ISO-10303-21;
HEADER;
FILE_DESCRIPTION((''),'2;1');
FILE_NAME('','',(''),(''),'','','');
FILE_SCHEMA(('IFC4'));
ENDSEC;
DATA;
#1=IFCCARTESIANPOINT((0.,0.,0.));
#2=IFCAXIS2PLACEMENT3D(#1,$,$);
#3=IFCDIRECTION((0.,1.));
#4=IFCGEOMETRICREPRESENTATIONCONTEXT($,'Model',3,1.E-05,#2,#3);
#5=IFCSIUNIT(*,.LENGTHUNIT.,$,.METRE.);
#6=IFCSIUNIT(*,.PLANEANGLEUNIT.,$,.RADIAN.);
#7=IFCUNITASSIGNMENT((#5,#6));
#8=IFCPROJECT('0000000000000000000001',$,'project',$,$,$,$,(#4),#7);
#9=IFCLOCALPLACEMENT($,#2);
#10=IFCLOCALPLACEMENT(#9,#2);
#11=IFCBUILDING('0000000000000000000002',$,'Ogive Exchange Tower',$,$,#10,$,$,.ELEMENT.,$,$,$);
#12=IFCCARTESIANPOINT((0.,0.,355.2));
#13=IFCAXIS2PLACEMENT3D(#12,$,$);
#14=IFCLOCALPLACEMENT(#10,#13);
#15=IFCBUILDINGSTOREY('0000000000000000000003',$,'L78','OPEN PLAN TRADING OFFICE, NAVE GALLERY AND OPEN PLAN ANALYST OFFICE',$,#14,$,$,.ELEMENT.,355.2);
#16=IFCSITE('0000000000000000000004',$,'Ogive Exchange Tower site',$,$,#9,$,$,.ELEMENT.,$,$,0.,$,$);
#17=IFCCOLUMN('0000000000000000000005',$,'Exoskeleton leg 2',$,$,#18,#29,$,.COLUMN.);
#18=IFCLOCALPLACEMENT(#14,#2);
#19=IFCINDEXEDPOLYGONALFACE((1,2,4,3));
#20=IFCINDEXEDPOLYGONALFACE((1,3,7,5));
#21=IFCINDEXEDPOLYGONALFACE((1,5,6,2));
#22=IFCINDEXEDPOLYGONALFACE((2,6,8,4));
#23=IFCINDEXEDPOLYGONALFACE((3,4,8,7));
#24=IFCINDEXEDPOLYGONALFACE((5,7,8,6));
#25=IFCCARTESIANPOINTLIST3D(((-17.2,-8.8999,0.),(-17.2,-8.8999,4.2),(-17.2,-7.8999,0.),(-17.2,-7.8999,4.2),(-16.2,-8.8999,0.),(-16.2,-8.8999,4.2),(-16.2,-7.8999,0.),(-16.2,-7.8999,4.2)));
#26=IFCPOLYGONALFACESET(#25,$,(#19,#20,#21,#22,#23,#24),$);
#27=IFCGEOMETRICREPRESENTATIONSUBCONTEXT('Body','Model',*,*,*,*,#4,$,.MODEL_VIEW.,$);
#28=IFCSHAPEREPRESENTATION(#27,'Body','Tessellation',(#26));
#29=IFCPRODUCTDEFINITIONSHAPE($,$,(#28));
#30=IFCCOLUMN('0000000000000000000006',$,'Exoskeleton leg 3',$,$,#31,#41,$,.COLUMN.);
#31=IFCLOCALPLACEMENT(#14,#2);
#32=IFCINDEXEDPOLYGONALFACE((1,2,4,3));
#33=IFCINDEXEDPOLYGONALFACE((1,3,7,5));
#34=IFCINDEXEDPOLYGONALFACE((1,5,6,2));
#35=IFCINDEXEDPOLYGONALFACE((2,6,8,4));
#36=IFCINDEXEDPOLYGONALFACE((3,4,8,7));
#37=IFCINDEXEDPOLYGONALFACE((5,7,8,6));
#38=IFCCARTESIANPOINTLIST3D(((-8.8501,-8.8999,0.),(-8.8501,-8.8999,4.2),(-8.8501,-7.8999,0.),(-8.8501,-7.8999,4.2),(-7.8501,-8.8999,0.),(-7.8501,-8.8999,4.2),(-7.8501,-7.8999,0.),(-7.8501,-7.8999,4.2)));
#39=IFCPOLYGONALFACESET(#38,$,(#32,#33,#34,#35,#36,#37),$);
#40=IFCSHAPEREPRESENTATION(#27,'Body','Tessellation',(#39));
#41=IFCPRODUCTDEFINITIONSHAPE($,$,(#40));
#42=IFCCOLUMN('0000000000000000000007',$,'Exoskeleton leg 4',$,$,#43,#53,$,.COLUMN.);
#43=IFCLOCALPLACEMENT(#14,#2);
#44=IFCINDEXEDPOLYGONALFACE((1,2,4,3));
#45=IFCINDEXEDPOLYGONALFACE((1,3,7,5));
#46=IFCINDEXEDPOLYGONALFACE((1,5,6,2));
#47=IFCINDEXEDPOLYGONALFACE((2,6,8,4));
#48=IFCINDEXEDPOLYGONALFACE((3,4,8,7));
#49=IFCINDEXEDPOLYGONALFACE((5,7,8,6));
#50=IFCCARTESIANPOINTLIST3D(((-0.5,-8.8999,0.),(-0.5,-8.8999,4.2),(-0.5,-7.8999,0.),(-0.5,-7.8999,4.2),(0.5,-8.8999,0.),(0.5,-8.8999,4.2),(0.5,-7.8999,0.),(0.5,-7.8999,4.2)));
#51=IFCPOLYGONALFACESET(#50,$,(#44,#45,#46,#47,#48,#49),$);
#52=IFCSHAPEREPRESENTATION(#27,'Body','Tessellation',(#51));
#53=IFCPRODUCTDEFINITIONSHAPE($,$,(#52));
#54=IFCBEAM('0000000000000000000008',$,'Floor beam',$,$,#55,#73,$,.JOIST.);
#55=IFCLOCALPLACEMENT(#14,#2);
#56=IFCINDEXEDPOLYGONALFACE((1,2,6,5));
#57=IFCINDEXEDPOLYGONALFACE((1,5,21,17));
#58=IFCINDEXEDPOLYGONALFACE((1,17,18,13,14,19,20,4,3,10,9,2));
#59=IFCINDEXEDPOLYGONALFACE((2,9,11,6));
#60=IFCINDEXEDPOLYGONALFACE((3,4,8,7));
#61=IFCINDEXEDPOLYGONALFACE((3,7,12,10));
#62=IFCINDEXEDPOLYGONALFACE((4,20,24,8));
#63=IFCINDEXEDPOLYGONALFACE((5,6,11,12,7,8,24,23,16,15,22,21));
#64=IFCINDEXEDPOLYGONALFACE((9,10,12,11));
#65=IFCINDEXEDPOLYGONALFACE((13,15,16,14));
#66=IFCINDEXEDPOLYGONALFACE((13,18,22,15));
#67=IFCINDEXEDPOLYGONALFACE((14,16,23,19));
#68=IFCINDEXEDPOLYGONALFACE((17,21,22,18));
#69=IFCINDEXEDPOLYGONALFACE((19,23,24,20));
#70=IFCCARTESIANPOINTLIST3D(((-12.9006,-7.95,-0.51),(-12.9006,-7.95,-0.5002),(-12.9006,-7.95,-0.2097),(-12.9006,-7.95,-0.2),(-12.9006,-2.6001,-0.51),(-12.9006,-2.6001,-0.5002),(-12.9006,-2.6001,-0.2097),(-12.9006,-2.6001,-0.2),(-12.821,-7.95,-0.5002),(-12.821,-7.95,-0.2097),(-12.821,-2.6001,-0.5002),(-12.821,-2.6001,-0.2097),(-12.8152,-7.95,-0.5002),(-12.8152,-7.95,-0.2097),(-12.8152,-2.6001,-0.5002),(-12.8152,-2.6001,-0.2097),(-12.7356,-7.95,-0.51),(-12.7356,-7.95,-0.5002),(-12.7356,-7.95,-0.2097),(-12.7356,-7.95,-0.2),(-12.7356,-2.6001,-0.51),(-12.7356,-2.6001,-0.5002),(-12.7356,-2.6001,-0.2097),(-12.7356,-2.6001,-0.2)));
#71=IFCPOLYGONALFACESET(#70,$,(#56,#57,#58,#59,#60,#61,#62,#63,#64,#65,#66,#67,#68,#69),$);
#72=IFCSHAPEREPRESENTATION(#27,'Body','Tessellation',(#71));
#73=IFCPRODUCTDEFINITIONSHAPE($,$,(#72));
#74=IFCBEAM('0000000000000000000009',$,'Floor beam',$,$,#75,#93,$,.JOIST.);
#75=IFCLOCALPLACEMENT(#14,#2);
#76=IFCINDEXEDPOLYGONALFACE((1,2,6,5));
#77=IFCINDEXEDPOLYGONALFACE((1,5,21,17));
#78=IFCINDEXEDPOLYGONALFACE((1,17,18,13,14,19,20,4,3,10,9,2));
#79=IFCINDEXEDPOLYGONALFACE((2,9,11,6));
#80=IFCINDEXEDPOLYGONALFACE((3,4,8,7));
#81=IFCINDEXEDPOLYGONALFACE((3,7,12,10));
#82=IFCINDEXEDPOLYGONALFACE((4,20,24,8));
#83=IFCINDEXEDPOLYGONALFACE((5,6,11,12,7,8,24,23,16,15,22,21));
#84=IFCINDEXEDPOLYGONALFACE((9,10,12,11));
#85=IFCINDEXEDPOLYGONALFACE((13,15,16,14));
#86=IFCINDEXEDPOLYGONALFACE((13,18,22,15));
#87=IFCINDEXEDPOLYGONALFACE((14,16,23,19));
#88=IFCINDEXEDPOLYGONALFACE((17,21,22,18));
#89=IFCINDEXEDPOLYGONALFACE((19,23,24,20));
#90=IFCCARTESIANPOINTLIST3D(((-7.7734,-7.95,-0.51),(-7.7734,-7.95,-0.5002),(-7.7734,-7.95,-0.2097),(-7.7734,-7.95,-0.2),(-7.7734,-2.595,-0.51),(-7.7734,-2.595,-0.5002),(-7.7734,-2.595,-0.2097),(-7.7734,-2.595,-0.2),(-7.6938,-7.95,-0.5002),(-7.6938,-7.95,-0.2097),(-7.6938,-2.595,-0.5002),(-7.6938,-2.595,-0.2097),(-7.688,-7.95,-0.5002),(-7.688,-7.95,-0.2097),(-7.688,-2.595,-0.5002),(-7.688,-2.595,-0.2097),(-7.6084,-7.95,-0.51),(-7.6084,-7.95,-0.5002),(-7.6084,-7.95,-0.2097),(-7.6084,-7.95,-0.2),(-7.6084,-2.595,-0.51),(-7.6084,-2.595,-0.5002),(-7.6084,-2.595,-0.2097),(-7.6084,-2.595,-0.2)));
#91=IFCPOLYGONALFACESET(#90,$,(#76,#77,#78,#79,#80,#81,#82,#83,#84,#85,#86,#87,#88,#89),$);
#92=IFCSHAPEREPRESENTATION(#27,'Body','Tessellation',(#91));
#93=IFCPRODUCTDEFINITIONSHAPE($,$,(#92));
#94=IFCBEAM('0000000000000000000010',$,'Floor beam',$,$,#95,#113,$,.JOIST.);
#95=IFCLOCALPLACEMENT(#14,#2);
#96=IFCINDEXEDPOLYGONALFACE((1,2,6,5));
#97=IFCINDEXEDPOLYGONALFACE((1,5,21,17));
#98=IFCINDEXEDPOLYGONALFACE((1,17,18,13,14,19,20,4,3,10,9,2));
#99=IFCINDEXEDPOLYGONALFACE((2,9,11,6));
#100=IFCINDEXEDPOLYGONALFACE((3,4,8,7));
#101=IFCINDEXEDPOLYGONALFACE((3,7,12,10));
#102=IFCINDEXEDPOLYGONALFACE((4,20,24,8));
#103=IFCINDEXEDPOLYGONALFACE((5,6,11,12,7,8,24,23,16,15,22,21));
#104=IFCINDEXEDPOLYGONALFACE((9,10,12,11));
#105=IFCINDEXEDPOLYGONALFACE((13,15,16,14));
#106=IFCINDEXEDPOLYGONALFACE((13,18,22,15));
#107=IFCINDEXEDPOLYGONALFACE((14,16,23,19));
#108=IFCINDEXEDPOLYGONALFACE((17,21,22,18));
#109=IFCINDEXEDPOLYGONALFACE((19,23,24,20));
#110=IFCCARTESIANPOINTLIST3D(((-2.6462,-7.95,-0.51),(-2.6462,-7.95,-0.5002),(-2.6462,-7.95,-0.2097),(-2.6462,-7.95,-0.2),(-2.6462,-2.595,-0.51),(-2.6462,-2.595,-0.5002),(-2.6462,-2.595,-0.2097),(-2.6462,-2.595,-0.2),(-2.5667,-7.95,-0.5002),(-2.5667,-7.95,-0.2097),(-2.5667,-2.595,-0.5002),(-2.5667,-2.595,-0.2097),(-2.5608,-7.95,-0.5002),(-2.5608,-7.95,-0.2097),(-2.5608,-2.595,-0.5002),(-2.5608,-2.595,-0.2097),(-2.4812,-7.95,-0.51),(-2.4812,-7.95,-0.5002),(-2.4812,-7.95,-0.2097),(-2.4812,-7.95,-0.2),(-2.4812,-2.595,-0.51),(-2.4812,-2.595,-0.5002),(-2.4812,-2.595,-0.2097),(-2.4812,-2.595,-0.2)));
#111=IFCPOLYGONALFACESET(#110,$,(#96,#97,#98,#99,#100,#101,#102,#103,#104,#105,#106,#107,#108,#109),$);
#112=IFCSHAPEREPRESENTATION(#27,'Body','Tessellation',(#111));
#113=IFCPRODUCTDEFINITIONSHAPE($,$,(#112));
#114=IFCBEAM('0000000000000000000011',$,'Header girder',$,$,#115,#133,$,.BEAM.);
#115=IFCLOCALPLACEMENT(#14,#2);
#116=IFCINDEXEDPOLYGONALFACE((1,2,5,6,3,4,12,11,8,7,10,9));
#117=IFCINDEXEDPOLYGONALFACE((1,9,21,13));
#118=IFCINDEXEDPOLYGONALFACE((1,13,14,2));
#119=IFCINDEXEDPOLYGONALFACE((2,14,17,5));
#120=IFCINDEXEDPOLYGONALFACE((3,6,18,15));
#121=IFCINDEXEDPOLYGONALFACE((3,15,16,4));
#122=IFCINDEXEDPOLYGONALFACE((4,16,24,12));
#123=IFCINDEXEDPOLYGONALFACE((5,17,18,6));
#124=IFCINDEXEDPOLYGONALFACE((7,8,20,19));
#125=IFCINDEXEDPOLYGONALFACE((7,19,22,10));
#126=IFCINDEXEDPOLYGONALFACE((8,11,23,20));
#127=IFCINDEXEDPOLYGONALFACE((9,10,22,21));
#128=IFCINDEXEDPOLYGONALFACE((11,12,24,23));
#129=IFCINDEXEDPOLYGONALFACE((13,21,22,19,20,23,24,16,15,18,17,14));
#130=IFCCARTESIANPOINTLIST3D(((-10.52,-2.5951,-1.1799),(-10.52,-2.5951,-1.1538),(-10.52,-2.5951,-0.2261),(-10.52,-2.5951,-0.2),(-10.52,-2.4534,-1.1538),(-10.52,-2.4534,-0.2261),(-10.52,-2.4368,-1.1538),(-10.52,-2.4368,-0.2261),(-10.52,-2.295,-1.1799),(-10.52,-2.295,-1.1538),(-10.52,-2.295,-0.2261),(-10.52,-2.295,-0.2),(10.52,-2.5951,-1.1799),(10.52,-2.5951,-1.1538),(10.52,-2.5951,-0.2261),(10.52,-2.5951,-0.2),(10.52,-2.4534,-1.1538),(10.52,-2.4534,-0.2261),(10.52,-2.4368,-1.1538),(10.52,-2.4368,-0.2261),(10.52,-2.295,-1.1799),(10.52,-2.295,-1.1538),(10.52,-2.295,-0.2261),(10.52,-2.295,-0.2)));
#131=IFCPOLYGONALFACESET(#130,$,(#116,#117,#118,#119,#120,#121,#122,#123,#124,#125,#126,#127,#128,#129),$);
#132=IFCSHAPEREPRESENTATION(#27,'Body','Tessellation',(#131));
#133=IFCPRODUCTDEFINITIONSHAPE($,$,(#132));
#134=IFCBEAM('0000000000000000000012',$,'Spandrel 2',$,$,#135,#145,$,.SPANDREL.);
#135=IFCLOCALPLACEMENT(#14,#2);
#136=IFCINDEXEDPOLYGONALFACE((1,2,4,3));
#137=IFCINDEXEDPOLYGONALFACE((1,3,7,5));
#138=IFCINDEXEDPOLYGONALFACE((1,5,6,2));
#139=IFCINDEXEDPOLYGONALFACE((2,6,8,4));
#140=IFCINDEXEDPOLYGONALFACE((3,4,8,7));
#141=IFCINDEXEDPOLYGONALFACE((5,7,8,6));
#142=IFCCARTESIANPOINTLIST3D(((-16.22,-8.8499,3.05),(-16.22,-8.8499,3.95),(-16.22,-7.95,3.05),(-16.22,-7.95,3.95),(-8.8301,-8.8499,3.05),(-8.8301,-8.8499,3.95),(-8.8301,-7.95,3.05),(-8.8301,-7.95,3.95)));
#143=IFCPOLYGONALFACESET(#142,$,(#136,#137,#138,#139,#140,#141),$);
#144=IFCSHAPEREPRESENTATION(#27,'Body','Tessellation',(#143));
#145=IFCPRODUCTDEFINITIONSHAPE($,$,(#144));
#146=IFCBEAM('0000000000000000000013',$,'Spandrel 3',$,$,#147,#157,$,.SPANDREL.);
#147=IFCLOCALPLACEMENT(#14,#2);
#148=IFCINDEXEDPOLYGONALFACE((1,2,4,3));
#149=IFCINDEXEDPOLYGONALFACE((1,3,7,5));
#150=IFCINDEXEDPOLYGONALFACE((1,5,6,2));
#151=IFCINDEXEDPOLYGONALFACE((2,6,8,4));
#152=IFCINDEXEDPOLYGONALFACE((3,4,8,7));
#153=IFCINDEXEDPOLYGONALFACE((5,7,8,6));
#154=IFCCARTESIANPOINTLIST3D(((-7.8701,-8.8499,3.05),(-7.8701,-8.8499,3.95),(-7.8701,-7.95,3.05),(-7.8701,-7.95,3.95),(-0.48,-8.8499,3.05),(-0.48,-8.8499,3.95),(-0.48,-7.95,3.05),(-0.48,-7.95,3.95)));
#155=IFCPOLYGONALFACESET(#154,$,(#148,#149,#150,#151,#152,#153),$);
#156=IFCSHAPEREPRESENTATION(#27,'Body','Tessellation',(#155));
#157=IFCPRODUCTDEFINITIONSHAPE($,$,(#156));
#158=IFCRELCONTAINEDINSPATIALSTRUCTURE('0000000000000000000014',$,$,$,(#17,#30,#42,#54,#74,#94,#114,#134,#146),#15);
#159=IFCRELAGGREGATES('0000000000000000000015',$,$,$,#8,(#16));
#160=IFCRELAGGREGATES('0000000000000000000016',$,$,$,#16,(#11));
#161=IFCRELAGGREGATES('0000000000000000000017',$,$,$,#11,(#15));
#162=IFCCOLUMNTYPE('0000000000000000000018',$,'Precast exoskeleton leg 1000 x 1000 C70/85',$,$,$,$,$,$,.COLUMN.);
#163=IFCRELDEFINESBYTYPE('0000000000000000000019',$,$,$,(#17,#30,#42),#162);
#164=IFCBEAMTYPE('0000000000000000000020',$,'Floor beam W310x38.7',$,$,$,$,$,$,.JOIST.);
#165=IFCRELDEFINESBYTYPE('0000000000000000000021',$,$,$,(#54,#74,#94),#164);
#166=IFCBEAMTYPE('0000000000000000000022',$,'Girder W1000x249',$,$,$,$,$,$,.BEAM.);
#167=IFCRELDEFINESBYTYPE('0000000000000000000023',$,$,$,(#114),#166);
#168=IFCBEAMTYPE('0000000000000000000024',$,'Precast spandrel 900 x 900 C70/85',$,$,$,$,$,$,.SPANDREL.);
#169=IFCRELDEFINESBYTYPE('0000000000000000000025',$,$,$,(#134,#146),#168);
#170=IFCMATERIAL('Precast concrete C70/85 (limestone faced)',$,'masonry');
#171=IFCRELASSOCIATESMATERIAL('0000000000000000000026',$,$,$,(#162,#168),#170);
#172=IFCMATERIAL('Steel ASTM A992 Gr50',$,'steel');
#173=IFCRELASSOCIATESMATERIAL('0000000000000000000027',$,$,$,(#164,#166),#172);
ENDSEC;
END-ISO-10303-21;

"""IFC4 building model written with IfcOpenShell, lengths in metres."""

from ifc_helpers import new_model, si_unit, direction, frame, origin, origin_2d, place, context, subcontext, project, spatial, rectangle, i_section, extrude, material, material_profile, profile_set, type_object, element, save


model = new_model("IFC4")

# Units and contexts
model_context = context("Model", 3, precision=1e-05, world=origin(), true_north=direction((0.0, 1.0)))
body_context = subcontext(model_context, "Body", "Model", "MODEL_VIEW")
ifc_project = project(units=[si_unit("LENGTHUNIT", "METRE"), si_unit("PLANEANGLEUNIT", "RADIAN")], contexts=[model_context])

# Site, building, storey
site_placement = place(None, origin())
site = spatial("IfcSite", under=ifc_project, at=site_placement, Name="Ogive Exchange Tower site", CompositionType="ELEMENT", RefElevation=0.0)
building_placement = place(site_placement, origin())
building = spatial("IfcBuilding", under=site, at=building_placement, Name="Ogive Exchange Tower", CompositionType="ELEMENT")
storey_placement = place(building_placement, frame((0.0, 0.0, 355.2)))
storey = spatial("IfcBuildingStorey", under=building, at=storey_placement, Name="L78", Description="OPEN PLAN TRADING OFFICE, NAVE GALLERY AND OPEN PLAN ANALYST OFFICE", CompositionType="ELEMENT", Elevation=355.2)

# Columns
ifc_material_1 = material(Name="Precast concrete C70/85 (limestone faced)", Category="masonry")
ifc_material_profile_1 = material_profile(ifc_material_1, rectangle(XDim=1.0, YDim=1.0, at=origin_2d()), Name="1000 x 1000")
ifc_profile_set_1 = profile_set([ifc_material_profile_1], Name="Precast concrete C70/85 (limestone faced)")
column_type = type_object("IfcColumnType", Name="Precast exoskeleton leg 1000 x 1000 C70/85", PredefinedType="COLUMN", material=ifc_profile_set_1)
for number, where, z_axis, x_axis, name in (
    (1, (-16.7, -8.3999, 0.0), (0.0, 0.0, 1.0), (1.0, 0.0, 0.0), "Exoskeleton leg 2"),
    (2, (-8.3501, -8.3999, 0.0), (0.0, 0.0, 1.0), (1.0, 0.0, 0.0), "Exoskeleton leg 3"),
    (3, (0.0, -8.3999, 0.0), (0.0, 0.0, 1.0), (1.0, 0.0, 0.0), "Exoskeleton leg 4"),
):
    element("IfcColumn", number, at=place(storey_placement, frame(where, z_axis=z_axis, x_axis=x_axis)), inside=storey, type_object=column_type, Name=name, PredefinedType="COLUMN", context=body_context, shape_type="SweptSolid", body=[
        extrude(rectangle(XDim=1.0, YDim=1.0, at=origin_2d()), origin(), (0.0, 0.0, 1.0), 4.2),
    ])

# Beams
ifc_material_2 = material(Name="Steel ASTM A992 Gr50", Category="steel")
ifc_material_profile_2 = material_profile(ifc_material_2, i_section(OverallWidth=0.165, OverallDepth=0.3101, WebThickness=0.0059, FlangeThickness=0.0098, at=origin_2d()), Name="W310x38.7")
ifc_profile_set_2 = profile_set([ifc_material_profile_2], Name="Steel ASTM A992 Gr50")
beam_type_1 = type_object("IfcBeamType", Name="Floor beam W310x38.7", PredefinedType="JOIST", material=ifc_profile_set_2)
beam_1_placement = place(storey_placement, frame((-12.8181, -7.95, -0.355), z_axis=(0.0, 1.0, 0.0), x_axis=(-1.0, 0.0, 0.0)))
element("IfcBeam", 4, at=beam_1_placement, inside=storey, type_object=beam_type_1, Name="Floor beam", PredefinedType="JOIST", context=body_context, shape_type="SweptSolid", body=[
    extrude(i_section(OverallWidth=0.165, OverallDepth=0.3101, WebThickness=0.0059, FlangeThickness=0.0098, at=origin_2d()), origin(), (0.0, 0.0, 1.0), 5.3499),
])
for number, where, z_axis, x_axis, name in (
    (5, (-7.6909, -7.95, -0.355), (0.0, 1.0, 0.0), (-1.0, 0.0, 0.0), "Floor beam"),
    (6, (-2.5637, -7.95, -0.355), (0.0, 1.0, 0.0), (-1.0, 0.0, 0.0), "Floor beam"),
):
    element("IfcBeam", number, at=place(storey_placement, frame(where, z_axis=z_axis, x_axis=x_axis)), inside=storey, type_object=beam_type_1, Name=name, PredefinedType="JOIST", context=body_context, shape_type="SweptSolid", body=[
        extrude(i_section(OverallWidth=0.165, OverallDepth=0.3101, WebThickness=0.0059, FlangeThickness=0.0098, at=origin_2d()), origin(), (0.0, 0.0, 1.0), 5.355),
    ])
ifc_material_profile_3 = material_profile(ifc_material_2, i_section(OverallWidth=0.3, OverallDepth=0.98, WebThickness=0.0166, FlangeThickness=0.0261, at=origin_2d()), Name="W1000x249")
ifc_profile_set_3 = profile_set([ifc_material_profile_3], Name="Steel ASTM A992 Gr50")
beam_type_2 = type_object("IfcBeamType", Name="Girder W1000x249", PredefinedType="BEAM", material=ifc_profile_set_3)
beam_2_placement = place(storey_placement, frame((-10.52, -2.4451, -0.6899), z_axis=(1.0, 0.0, 0.0), x_axis=(0.0, 1.0, 0.0)))
element("IfcBeam", 7, at=beam_2_placement, inside=storey, type_object=beam_type_2, Name="Header girder", PredefinedType="BEAM", context=body_context, shape_type="SweptSolid", body=[
    extrude(i_section(OverallWidth=0.3, OverallDepth=0.98, WebThickness=0.0166, FlangeThickness=0.0261, at=origin_2d()), origin(), (0.0, 0.0, 1.0), 21.04),
])
ifc_material_profile_4 = material_profile(ifc_material_1, rectangle(XDim=0.8999, YDim=0.8999, at=origin_2d()), Name="900 x 900")
ifc_profile_set_4 = profile_set([ifc_material_profile_4], Name="Precast concrete C70/85 (limestone faced)")
beam_type_3 = type_object("IfcBeamType", Name="Precast spandrel 900 x 900 C70/85", PredefinedType="SPANDREL", material=ifc_profile_set_4)
beam_3_placement = place(storey_placement, frame((-16.22, -8.3999, 3.5), z_axis=(1.0, 0.0, 0.0), x_axis=(0.0, 1.0, 0.0)))
element("IfcBeam", 8, at=beam_3_placement, inside=storey, type_object=beam_type_3, Name="Spandrel 2", PredefinedType="SPANDREL", context=body_context, shape_type="SweptSolid", body=[
    extrude(rectangle(XDim=0.8999, YDim=0.8999, at=origin_2d()), origin(), (0.0, 0.0, 1.0), 7.3899),
])
beam_4_placement = place(storey_placement, frame((-7.8701, -8.3999, 3.5), z_axis=(1.0, 0.0, 0.0), x_axis=(0.0, 1.0, 0.0)))
element("IfcBeam", 9, at=beam_4_placement, inside=storey, type_object=beam_type_3, Name="Spandrel 3", PredefinedType="SPANDREL", context=body_context, shape_type="SweptSolid", body=[
    extrude(rectangle(XDim=0.8999, YDim=0.8999, at=origin_2d()), origin(), (0.0, 0.0, 1.0), 7.3901),
])

save(model, "model.ifc")
